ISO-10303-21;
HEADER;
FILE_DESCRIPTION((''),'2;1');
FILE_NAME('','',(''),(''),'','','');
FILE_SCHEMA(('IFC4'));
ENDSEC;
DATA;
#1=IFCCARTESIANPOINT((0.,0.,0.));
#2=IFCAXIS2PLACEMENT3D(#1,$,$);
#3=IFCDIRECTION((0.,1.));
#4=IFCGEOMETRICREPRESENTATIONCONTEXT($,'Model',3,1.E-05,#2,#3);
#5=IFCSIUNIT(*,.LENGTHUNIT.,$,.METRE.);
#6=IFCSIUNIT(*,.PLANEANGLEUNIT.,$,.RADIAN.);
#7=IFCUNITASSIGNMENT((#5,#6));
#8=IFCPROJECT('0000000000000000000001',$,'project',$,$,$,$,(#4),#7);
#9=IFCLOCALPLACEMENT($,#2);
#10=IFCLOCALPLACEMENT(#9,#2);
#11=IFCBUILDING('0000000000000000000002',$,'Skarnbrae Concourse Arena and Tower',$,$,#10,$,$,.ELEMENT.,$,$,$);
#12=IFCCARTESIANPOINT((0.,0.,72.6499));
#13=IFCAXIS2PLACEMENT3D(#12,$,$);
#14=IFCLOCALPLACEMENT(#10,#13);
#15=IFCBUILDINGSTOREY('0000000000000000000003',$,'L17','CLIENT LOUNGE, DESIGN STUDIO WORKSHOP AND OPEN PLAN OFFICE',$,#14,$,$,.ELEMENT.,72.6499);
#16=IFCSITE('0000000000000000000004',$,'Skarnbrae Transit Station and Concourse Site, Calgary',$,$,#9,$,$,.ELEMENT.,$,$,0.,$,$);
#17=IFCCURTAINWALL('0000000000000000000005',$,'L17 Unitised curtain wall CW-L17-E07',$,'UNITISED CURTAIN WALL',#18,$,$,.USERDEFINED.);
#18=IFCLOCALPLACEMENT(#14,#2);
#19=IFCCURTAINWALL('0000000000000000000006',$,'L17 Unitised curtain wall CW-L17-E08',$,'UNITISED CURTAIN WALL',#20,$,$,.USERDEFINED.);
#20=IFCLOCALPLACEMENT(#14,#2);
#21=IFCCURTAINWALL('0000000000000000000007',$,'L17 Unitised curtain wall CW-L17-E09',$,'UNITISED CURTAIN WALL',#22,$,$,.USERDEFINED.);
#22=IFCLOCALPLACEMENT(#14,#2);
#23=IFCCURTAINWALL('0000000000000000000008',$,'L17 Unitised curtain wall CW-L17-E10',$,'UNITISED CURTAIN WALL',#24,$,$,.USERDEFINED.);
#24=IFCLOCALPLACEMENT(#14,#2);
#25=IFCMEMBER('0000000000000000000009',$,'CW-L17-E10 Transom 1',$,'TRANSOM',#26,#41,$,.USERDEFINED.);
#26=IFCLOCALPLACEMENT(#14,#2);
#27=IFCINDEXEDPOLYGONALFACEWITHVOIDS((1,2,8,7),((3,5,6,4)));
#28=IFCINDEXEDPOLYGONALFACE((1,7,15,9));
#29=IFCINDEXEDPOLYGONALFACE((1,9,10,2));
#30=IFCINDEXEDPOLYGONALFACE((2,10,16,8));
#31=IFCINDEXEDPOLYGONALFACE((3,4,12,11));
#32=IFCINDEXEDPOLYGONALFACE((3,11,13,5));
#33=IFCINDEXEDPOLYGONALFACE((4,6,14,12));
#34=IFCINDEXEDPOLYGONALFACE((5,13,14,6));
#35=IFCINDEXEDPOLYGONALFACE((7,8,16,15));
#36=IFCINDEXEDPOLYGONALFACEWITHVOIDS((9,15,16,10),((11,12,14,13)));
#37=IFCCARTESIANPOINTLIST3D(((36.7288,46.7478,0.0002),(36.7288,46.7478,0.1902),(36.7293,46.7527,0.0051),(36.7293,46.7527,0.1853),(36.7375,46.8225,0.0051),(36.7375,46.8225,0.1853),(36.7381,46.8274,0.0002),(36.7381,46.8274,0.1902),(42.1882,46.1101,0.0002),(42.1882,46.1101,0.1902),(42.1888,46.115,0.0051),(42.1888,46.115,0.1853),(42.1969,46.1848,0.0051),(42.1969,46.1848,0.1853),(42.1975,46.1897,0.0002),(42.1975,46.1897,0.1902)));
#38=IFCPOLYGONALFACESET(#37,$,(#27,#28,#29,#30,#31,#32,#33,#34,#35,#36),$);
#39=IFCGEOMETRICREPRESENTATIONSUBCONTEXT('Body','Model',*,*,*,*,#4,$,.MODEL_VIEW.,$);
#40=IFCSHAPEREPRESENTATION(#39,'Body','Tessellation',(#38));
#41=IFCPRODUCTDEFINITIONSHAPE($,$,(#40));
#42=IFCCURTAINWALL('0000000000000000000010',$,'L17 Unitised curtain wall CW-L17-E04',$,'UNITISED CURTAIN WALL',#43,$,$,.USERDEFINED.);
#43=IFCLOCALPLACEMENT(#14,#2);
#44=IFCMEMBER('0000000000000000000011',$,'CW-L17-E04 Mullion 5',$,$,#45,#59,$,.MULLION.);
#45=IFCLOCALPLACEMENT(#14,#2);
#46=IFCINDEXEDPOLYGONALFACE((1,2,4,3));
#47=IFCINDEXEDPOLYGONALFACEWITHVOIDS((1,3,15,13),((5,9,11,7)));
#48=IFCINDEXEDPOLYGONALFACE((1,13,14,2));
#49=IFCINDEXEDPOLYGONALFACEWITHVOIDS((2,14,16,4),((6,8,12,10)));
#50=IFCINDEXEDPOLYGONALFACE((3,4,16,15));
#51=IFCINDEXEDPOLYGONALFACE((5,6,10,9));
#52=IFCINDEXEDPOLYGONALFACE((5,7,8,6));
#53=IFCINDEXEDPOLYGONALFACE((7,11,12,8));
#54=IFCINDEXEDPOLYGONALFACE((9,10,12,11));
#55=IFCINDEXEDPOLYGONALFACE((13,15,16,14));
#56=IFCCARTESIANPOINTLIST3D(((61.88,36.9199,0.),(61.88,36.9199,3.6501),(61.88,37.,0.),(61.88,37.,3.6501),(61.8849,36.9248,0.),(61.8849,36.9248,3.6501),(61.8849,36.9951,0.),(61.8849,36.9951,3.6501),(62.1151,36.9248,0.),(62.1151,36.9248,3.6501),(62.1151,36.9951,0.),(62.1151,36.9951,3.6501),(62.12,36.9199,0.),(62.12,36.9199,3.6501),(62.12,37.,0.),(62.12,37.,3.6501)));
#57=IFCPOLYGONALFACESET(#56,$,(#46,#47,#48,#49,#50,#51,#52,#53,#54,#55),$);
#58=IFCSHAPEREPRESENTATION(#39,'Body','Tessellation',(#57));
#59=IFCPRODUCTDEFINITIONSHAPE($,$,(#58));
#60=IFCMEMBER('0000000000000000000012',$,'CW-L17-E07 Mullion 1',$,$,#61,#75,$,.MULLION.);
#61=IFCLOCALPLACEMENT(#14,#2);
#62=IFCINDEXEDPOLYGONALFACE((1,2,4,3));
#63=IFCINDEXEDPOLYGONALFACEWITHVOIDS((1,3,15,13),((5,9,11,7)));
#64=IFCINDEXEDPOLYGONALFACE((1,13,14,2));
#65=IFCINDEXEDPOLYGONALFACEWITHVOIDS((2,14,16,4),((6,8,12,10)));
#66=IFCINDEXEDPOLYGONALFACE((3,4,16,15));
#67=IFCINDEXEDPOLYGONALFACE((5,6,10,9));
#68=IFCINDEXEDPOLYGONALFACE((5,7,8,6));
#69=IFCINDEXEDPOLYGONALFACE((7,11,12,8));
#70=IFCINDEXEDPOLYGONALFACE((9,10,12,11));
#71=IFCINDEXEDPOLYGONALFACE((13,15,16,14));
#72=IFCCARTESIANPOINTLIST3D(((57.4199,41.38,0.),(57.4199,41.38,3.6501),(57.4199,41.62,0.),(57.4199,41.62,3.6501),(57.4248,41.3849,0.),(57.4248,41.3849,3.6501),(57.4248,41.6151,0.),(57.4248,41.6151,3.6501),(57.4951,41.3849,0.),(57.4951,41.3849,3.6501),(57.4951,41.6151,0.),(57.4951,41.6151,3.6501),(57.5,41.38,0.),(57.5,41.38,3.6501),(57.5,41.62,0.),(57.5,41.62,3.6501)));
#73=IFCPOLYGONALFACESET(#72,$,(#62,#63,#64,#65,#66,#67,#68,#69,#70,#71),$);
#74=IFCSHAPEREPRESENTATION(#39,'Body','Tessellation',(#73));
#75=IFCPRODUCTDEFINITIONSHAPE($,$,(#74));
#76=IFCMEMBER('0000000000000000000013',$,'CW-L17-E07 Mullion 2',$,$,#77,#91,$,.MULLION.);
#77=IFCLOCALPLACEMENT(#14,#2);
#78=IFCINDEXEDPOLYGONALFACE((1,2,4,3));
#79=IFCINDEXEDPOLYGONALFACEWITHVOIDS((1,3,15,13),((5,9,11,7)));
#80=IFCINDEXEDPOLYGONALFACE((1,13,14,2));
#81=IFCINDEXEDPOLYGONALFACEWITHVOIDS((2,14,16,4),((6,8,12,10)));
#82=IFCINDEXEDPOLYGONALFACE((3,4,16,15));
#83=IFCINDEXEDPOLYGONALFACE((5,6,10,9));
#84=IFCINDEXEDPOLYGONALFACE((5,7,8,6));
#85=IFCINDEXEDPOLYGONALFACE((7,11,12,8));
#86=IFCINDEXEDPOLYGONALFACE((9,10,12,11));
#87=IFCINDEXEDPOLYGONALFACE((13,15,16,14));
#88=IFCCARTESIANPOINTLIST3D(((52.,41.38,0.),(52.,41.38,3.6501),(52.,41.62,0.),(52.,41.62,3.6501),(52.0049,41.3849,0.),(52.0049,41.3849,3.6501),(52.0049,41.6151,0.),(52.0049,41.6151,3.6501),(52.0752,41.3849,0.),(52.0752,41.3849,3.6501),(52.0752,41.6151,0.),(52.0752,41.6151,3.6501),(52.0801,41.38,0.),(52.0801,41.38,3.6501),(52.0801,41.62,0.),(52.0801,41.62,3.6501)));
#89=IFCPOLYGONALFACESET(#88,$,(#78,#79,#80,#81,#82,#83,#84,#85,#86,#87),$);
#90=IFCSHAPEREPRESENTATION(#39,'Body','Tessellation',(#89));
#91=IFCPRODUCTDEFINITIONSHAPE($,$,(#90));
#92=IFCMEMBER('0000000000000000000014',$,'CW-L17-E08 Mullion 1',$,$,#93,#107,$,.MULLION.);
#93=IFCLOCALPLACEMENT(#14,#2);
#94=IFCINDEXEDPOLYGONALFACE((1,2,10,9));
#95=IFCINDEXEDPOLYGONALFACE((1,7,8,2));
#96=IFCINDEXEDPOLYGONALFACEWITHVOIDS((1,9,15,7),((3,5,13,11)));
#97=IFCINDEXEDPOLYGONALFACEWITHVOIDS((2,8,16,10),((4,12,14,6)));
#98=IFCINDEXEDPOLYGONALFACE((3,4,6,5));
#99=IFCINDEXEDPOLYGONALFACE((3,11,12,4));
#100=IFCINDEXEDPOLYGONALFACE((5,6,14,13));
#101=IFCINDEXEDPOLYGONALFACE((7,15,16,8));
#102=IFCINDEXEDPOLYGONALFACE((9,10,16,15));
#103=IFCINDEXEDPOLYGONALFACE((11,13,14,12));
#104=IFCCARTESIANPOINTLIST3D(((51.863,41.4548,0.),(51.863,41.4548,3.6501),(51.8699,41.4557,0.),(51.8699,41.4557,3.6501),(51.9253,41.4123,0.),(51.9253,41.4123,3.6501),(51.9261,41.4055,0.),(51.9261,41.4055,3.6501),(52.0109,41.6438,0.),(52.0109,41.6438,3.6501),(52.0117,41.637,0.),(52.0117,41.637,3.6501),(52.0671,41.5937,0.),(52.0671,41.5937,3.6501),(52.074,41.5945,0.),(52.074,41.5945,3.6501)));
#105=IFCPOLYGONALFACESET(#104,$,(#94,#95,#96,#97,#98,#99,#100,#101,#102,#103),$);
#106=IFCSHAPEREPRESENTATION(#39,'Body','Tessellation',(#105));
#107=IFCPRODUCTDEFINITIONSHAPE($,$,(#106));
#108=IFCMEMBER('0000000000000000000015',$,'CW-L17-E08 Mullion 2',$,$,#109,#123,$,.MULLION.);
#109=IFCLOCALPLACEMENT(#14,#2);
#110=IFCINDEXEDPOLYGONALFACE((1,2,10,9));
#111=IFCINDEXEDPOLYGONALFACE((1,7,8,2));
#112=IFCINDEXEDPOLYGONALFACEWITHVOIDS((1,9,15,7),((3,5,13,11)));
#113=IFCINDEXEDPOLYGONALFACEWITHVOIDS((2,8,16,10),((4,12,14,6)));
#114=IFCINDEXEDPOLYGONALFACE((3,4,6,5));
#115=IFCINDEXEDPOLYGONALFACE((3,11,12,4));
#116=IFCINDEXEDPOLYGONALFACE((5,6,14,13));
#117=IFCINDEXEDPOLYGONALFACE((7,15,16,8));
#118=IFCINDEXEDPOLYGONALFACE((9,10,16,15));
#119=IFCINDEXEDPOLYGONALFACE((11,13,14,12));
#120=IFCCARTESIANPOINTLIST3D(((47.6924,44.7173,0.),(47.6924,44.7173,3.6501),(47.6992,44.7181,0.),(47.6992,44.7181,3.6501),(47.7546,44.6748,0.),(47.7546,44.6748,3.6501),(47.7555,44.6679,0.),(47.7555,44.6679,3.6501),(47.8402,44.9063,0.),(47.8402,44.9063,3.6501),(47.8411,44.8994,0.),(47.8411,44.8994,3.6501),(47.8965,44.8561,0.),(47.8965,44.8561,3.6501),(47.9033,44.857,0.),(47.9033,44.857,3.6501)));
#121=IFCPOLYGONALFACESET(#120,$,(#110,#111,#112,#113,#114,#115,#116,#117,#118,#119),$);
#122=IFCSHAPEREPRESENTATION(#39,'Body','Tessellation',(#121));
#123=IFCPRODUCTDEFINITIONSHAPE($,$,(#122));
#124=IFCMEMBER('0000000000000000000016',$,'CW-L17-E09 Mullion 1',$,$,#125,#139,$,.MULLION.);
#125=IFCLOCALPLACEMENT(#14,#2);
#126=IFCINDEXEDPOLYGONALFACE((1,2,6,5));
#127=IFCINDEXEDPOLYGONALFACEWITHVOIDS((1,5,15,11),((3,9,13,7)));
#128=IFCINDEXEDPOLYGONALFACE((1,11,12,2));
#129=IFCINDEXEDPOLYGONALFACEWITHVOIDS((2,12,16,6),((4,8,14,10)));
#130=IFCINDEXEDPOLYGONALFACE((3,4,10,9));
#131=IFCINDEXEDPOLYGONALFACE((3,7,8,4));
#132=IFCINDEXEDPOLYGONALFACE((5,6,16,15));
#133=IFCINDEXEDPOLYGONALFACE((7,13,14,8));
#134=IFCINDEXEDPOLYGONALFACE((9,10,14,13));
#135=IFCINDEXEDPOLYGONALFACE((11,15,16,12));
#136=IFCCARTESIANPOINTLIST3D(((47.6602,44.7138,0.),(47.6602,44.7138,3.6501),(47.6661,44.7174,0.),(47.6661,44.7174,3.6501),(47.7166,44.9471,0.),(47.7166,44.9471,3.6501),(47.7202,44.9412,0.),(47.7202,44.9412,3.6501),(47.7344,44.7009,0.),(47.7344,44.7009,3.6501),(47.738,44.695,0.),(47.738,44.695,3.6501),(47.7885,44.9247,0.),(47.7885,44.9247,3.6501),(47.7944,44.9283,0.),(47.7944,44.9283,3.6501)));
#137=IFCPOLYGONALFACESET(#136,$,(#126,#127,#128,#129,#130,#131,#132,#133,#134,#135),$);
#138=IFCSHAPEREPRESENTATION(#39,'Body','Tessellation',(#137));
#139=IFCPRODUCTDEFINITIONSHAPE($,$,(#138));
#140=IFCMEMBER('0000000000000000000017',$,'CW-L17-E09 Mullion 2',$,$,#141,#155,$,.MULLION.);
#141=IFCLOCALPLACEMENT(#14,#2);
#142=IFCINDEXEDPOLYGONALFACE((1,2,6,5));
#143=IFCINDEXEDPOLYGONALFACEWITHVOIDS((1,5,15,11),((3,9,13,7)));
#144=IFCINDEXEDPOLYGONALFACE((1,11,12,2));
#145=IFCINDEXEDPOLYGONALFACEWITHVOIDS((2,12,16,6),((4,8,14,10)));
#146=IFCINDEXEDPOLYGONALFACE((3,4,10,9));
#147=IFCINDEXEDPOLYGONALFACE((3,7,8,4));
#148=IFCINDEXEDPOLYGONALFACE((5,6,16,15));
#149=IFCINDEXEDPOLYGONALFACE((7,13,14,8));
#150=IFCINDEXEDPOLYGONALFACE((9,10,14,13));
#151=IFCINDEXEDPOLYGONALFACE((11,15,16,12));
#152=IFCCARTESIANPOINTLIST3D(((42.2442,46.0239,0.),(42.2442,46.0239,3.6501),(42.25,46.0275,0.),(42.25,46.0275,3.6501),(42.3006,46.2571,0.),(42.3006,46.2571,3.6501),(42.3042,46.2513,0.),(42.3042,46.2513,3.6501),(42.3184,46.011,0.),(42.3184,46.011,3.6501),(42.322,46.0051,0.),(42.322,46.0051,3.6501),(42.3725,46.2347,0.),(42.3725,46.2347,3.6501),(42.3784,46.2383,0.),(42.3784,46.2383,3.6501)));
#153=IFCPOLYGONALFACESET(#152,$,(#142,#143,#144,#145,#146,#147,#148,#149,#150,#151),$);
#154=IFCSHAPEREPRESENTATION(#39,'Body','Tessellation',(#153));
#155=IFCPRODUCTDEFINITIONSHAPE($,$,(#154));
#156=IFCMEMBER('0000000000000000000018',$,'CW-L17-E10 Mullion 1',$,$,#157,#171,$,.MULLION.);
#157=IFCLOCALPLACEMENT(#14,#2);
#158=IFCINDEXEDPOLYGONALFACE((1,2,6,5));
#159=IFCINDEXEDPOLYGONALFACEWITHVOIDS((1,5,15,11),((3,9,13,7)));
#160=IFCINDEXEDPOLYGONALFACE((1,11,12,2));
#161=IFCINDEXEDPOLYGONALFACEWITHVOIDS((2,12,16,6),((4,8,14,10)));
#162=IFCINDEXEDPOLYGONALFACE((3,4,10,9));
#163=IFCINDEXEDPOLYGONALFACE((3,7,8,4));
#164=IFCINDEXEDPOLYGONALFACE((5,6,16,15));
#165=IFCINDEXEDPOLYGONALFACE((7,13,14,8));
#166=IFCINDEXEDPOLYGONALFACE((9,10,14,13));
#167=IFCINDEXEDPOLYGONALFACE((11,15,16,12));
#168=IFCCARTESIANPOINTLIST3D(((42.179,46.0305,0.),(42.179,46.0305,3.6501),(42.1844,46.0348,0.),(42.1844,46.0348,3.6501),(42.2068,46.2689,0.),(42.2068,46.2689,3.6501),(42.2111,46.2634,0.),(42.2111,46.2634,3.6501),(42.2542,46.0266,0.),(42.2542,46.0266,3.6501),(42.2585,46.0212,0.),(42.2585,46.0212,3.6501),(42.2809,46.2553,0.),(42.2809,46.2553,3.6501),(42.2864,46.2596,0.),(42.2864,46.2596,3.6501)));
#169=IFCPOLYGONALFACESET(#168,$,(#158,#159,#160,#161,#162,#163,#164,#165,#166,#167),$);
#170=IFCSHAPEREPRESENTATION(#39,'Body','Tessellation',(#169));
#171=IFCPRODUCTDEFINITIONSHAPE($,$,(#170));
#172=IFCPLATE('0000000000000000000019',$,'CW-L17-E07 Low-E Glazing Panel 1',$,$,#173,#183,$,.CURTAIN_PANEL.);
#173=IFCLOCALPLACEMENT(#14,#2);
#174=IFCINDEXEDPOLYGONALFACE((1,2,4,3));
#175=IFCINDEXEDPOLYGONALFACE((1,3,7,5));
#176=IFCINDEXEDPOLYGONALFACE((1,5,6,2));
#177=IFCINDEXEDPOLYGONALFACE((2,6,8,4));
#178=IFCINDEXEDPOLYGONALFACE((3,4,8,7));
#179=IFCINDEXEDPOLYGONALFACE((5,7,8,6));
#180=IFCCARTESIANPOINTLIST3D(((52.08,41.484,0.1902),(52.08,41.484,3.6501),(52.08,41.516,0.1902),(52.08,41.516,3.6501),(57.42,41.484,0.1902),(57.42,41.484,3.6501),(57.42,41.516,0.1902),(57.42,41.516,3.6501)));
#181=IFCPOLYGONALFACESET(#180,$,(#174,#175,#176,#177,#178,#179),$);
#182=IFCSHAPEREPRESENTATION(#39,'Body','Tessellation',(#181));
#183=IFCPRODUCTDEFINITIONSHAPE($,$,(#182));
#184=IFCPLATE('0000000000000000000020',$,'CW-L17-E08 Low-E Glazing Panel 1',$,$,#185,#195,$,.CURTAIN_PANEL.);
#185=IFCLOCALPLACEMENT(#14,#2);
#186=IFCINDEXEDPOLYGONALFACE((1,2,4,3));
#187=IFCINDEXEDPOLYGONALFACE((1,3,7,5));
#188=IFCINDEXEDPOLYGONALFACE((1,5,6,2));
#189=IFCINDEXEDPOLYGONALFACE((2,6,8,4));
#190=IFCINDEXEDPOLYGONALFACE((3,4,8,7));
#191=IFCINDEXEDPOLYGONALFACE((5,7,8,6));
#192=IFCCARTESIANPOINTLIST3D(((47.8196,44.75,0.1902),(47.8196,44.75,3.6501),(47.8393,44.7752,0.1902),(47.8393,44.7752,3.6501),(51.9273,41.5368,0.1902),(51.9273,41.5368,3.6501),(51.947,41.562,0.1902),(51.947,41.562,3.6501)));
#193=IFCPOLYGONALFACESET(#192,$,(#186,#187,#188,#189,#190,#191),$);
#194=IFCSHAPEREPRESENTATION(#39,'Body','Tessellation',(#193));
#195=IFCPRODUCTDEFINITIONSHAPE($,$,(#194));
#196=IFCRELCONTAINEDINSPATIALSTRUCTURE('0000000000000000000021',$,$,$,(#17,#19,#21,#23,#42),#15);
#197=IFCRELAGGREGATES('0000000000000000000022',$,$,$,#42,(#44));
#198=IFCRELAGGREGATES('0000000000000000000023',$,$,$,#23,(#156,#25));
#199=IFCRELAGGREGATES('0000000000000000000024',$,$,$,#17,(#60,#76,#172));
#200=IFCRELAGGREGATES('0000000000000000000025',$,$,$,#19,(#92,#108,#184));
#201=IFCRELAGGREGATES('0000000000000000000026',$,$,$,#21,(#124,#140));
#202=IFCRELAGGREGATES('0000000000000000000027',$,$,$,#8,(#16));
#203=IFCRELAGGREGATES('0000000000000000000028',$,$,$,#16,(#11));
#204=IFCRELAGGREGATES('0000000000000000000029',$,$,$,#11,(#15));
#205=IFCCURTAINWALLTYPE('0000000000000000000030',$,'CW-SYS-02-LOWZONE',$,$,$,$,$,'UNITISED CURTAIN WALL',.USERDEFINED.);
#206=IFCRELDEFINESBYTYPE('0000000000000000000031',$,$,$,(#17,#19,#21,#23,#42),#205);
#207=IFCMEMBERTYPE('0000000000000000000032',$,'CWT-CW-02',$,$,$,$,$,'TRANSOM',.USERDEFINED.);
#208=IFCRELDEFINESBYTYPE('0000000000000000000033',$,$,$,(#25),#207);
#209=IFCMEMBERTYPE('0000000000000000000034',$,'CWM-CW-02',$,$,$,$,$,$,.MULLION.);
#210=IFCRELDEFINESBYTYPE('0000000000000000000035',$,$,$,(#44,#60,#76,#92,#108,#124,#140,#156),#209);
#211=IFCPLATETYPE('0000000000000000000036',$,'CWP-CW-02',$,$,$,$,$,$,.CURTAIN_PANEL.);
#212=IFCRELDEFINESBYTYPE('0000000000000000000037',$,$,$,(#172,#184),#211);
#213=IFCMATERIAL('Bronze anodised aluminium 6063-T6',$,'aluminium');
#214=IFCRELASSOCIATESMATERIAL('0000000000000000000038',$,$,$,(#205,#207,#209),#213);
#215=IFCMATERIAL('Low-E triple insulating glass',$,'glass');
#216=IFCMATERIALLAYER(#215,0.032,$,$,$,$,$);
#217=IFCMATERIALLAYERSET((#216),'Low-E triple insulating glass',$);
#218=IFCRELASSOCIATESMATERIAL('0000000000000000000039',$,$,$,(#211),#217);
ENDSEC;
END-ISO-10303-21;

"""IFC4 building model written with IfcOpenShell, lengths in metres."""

from ifc_helpers import new_model, si_unit, direction, frame, origin, origin_2d, place, context, subcontext, project, spatial, rectangle, hollow_rectangle, extrude, source, transform, mapped, material, layer, layer_set, material_profile, profile_set, type_object, element, aggregate, save


model = new_model("IFC4")

# Units and contexts
model_context = context("Model", 3, precision=1e-05, world=origin(), true_north=direction((0.0, 1.0)))
body_context = subcontext(model_context, "Body", "Model", "MODEL_VIEW")
ifc_project = project(units=[si_unit("LENGTHUNIT", "METRE"), si_unit("PLANEANGLEUNIT", "RADIAN")], contexts=[model_context])

# Site, building, storey
site_placement = place(None, origin())
site = spatial("IfcSite", under=ifc_project, at=site_placement, Name="Skarnbrae Transit Station and Concourse Site, Calgary", CompositionType="ELEMENT", RefElevation=0.0)
building_placement = place(site_placement, origin())
building = spatial("IfcBuilding", under=site, at=building_placement, Name="Skarnbrae Concourse Arena and Tower", CompositionType="ELEMENT")
storey_placement = place(building_placement, frame((0.0, 0.0, 72.6499)))
storey = spatial("IfcBuildingStorey", under=building, at=storey_placement, Name="L17", Description="CLIENT LOUNGE, DESIGN STUDIO WORKSHOP AND OPEN PLAN OFFICE", CompositionType="ELEMENT", Elevation=72.6499)

# Curtain walls, members
ifc_material_1 = material(Name="Bronze anodised aluminium 6063-T6", Category="aluminium")
curtain_wall_type = type_object("IfcCurtainWallType", Name="CW-SYS-02-LOWZONE", ElementType="UNITISED CURTAIN WALL", PredefinedType="USERDEFINED", material=ifc_material_1)
curtain_wall_1_placement = place(storey_placement, origin())
curtain_wall_1 = element("IfcCurtainWall", 1, at=curtain_wall_1_placement, inside=storey, type_object=curtain_wall_type, Name="L17 Unitised curtain wall CW-L17-E07", ObjectType="UNITISED CURTAIN WALL", PredefinedType="USERDEFINED")
ifc_material_profile_1 = material_profile(ifc_material_1, hollow_rectangle(XDim=0.0801, YDim=0.1899, WallThickness=0.0049, at=origin_2d()), Name="ALU-TRAN-80X190")
ifc_profile_set_1 = profile_set([ifc_material_profile_1], Name="Bronze anodised aluminium 6063-T6")
member_type_1 = type_object("IfcMemberType", Name="CWT-CW-02", ElementType="TRANSOM", PredefinedType="USERDEFINED", material=ifc_profile_set_1)
curtain_wall_2_placement = place(storey_placement, origin())
curtain_wall_2 = element("IfcCurtainWall", 2, at=curtain_wall_2_placement, inside=storey, type_object=curtain_wall_type, Name="L17 Unitised curtain wall CW-L17-E08", ObjectType="UNITISED CURTAIN WALL", PredefinedType="USERDEFINED")
curtain_wall_3_placement = place(storey_placement, origin())
curtain_wall_3 = element("IfcCurtainWall", 3, at=curtain_wall_3_placement, inside=storey, type_object=curtain_wall_type, Name="L17 Unitised curtain wall CW-L17-E09", ObjectType="UNITISED CURTAIN WALL", PredefinedType="USERDEFINED")
curtain_wall_4_placement = place(storey_placement, origin())
curtain_wall_4 = element("IfcCurtainWall", 4, at=curtain_wall_4_placement, inside=storey, type_object=curtain_wall_type, Name="L17 Unitised curtain wall CW-L17-E10", ObjectType="UNITISED CURTAIN WALL", PredefinedType="USERDEFINED")
shared_shape_1 = source(origin(), body_context, "Body", "SweptSolid", [
    extrude(hollow_rectangle(XDim=0.0801, YDim=0.1899, WallThickness=0.0049, at=origin_2d()), origin(), (0.0, 0.0, 1.0), 5.4966),
])
member_1_placement = place(storey_placement, frame((42.1929, 46.1499, 0.0952), z_axis=(-0.993247, 0.116017, 0.0), x_axis=(-0.116017, -0.993247, 0.0)))
member_1 = element("IfcMember", 5, at=member_1_placement, type_object=member_type_1, Name="CW-L17-E10 Transom 1", ObjectType="TRANSOM", PredefinedType="USERDEFINED", context=body_context, shape_type="MappedRepresentation", body=[
    mapped(shared_shape_1, transform((0.0, 0.0, 0.0))),
])
curtain_wall_5_placement = place(storey_placement, origin())
curtain_wall_5 = element("IfcCurtainWall", 6, at=curtain_wall_5_placement, inside=storey, type_object=curtain_wall_type, Name="L17 Unitised curtain wall CW-L17-E04", ObjectType="UNITISED CURTAIN WALL", PredefinedType="USERDEFINED")
ifc_material_profile_2 = material_profile(ifc_material_1, hollow_rectangle(XDim=0.0801, YDim=0.24, WallThickness=0.0049, at=origin_2d()), Name="ALU-MULL-80X240")
ifc_profile_set_2 = profile_set([ifc_material_profile_2], Name="Bronze anodised aluminium 6063-T6")
member_type_2 = type_object("IfcMemberType", Name="CWM-CW-02", PredefinedType="MULLION", material=ifc_profile_set_2)
shared_shape_2 = source(origin(), body_context, "Body", "SweptSolid", [
    extrude(hollow_rectangle(XDim=0.0801, YDim=0.24, WallThickness=0.0049, at=origin_2d()), origin(), (0.0, 0.0, 1.0), 3.6501),
])
member_2_placement = place(storey_placement, frame((62.0, 36.96, 0.0), z_axis=(0.0, 0.0, 1.0), x_axis=(0.0, 1.0, 0.0)))
member_2 = element("IfcMember", 7, at=member_2_placement, type_object=member_type_2, Name="CW-L17-E04 Mullion 5", PredefinedType="MULLION", context=body_context, shape_type="MappedRepresentation", body=[
    mapped(shared_shape_2, transform((0.0, 0.0, 0.0))),
])
aggregate(curtain_wall_5, [member_2])

# Members
member_3_placement = place(storey_placement, frame((57.46, 41.5, 0.0), z_axis=(0.0, 0.0, 1.0), x_axis=(-1.0, 0.0, 0.0)))
member_3 = element("IfcMember", 8, at=member_3_placement, type_object=member_type_2, Name="CW-L17-E07 Mullion 1", PredefinedType="MULLION", context=body_context, shape_type="MappedRepresentation", body=[
    mapped(shared_shape_2, transform((0.0, 0.0, 0.0))),
])
member_4_placement = place(storey_placement, frame((52.04, 41.5, 0.0), z_axis=(0.0, 0.0, 1.0), x_axis=(-1.0, 0.0, 0.0)))
member_4 = element("IfcMember", 9, at=member_4_placement, type_object=member_type_2, Name="CW-L17-E07 Mullion 2", PredefinedType="MULLION", context=body_context, shape_type="MappedRepresentation", body=[
    mapped(shared_shape_2, transform((0.0, 0.0, 0.0))),
])
member_5_placement = place(storey_placement, frame((51.9685, 41.5247, 0.0), z_axis=(0.0, 0.0, 1.0), x_axis=(-0.787652, 0.616121, 0.0)))
member_5 = element("IfcMember", 10, at=member_5_placement, type_object=member_type_2, Name="CW-L17-E08 Mullion 1", PredefinedType="MULLION", context=body_context, shape_type="MappedRepresentation", body=[
    mapped(shared_shape_2, transform((0.0, 0.0, 0.0))),
])
member_6_placement = place(storey_placement, frame((47.7979, 44.7871, 0.0), z_axis=(0.0, 0.0, 1.0), x_axis=(-0.787652, 0.616121, 0.0)))
member_6 = element("IfcMember", 11, at=member_6_placement, type_object=member_type_2, Name="CW-L17-E08 Mullion 2", PredefinedType="MULLION", context=body_context, shape_type="MappedRepresentation", body=[
    mapped(shared_shape_2, transform((0.0, 0.0, 0.0))),
])
member_7_placement = place(storey_placement, frame((47.7273, 44.821, 0.0), z_axis=(0.0, 0.0, 1.0), x_axis=(-0.971974, 0.23509, 0.0)))
member_7 = element("IfcMember", 12, at=member_7_placement, type_object=member_type_2, Name="CW-L17-E09 Mullion 1", PredefinedType="MULLION", context=body_context, shape_type="MappedRepresentation", body=[
    mapped(shared_shape_2, transform((0.0, 0.0, 0.0))),
])
member_8_placement = place(storey_placement, frame((42.3113, 46.1311, 0.0), z_axis=(0.0, 0.0, 1.0), x_axis=(-0.971974, 0.23509, 0.0)))
member_8 = element("IfcMember", 13, at=member_8_placement, type_object=member_type_2, Name="CW-L17-E09 Mullion 2", PredefinedType="MULLION", context=body_context, shape_type="MappedRepresentation", body=[
    mapped(shared_shape_2, transform((0.0, 0.0, 0.0))),
])
member_9_placement = place(storey_placement, frame((42.2327, 46.145, 0.0), z_axis=(0.0, 0.0, 1.0), x_axis=(-0.993245, 0.11604, 0.0)))
member_9 = element("IfcMember", 14, at=member_9_placement, type_object=member_type_2, Name="CW-L17-E10 Mullion 1", PredefinedType="MULLION", context=body_context, shape_type="MappedRepresentation", body=[
    mapped(shared_shape_2, transform((0.0, 0.0, 0.0))),
])
aggregate(curtain_wall_4, [member_9, member_1])

# Plates
ifc_material_2 = material(Name="Low-E triple insulating glass", Category="glass")
ifc_layer_1 = layer(ifc_material_2, 0.032)
ifc_layer_set_1 = layer_set([ifc_layer_1], Name="Low-E triple insulating glass")
plate_type = type_object("IfcPlateType", Name="CWP-CW-02", PredefinedType="CURTAIN_PANEL", material=ifc_layer_set_1)
shared_shape_3 = source(origin(), body_context, "Body", "SweptSolid", [
    extrude(rectangle(XDim=5.3401, YDim=0.032, at=origin_2d()), origin(), (0.0, 0.0, 1.0), 3.46),
])
plate_1_placement = place(storey_placement, frame((54.75, 41.5, 0.1902), z_axis=(0.0, 0.0, 1.0), x_axis=(-1.0, 0.0, 0.0)))
plate_1 = element("IfcPlate", 15, at=plate_1_placement, type_object=plate_type, Name="CW-L17-E07 Low-E Glazing Panel 1", PredefinedType="CURTAIN_PANEL", context=body_context, shape_type="MappedRepresentation", body=[
    mapped(shared_shape_3, transform((0.0, 0.0, 0.0))),
])
aggregate(curtain_wall_1, [member_3, member_4, plate_1])
shared_shape_4 = source(origin(), body_context, "Body", "SweptSolid", [
    extrude(rectangle(XDim=5.2151, YDim=0.032, at=origin_2d()), origin(), (0.0, 0.0, 1.0), 3.46),
])
plate_2_placement = place(storey_placement, frame((49.8833, 43.156, 0.1902), z_axis=(0.0, 0.0, 1.0), x_axis=(-0.787652, 0.616121, 0.0)))
plate_2 = element("IfcPlate", 16, at=plate_2_placement, type_object=plate_type, Name="CW-L17-E08 Low-E Glazing Panel 1", PredefinedType="CURTAIN_PANEL", context=body_context, shape_type="MappedRepresentation", body=[
    mapped(shared_shape_4, transform((0.0, 0.0, 0.0))),
])
aggregate(curtain_wall_2, [member_5, member_6, plate_2])
aggregate(curtain_wall_3, [member_7, member_8])

save(model, "model.ifc")
